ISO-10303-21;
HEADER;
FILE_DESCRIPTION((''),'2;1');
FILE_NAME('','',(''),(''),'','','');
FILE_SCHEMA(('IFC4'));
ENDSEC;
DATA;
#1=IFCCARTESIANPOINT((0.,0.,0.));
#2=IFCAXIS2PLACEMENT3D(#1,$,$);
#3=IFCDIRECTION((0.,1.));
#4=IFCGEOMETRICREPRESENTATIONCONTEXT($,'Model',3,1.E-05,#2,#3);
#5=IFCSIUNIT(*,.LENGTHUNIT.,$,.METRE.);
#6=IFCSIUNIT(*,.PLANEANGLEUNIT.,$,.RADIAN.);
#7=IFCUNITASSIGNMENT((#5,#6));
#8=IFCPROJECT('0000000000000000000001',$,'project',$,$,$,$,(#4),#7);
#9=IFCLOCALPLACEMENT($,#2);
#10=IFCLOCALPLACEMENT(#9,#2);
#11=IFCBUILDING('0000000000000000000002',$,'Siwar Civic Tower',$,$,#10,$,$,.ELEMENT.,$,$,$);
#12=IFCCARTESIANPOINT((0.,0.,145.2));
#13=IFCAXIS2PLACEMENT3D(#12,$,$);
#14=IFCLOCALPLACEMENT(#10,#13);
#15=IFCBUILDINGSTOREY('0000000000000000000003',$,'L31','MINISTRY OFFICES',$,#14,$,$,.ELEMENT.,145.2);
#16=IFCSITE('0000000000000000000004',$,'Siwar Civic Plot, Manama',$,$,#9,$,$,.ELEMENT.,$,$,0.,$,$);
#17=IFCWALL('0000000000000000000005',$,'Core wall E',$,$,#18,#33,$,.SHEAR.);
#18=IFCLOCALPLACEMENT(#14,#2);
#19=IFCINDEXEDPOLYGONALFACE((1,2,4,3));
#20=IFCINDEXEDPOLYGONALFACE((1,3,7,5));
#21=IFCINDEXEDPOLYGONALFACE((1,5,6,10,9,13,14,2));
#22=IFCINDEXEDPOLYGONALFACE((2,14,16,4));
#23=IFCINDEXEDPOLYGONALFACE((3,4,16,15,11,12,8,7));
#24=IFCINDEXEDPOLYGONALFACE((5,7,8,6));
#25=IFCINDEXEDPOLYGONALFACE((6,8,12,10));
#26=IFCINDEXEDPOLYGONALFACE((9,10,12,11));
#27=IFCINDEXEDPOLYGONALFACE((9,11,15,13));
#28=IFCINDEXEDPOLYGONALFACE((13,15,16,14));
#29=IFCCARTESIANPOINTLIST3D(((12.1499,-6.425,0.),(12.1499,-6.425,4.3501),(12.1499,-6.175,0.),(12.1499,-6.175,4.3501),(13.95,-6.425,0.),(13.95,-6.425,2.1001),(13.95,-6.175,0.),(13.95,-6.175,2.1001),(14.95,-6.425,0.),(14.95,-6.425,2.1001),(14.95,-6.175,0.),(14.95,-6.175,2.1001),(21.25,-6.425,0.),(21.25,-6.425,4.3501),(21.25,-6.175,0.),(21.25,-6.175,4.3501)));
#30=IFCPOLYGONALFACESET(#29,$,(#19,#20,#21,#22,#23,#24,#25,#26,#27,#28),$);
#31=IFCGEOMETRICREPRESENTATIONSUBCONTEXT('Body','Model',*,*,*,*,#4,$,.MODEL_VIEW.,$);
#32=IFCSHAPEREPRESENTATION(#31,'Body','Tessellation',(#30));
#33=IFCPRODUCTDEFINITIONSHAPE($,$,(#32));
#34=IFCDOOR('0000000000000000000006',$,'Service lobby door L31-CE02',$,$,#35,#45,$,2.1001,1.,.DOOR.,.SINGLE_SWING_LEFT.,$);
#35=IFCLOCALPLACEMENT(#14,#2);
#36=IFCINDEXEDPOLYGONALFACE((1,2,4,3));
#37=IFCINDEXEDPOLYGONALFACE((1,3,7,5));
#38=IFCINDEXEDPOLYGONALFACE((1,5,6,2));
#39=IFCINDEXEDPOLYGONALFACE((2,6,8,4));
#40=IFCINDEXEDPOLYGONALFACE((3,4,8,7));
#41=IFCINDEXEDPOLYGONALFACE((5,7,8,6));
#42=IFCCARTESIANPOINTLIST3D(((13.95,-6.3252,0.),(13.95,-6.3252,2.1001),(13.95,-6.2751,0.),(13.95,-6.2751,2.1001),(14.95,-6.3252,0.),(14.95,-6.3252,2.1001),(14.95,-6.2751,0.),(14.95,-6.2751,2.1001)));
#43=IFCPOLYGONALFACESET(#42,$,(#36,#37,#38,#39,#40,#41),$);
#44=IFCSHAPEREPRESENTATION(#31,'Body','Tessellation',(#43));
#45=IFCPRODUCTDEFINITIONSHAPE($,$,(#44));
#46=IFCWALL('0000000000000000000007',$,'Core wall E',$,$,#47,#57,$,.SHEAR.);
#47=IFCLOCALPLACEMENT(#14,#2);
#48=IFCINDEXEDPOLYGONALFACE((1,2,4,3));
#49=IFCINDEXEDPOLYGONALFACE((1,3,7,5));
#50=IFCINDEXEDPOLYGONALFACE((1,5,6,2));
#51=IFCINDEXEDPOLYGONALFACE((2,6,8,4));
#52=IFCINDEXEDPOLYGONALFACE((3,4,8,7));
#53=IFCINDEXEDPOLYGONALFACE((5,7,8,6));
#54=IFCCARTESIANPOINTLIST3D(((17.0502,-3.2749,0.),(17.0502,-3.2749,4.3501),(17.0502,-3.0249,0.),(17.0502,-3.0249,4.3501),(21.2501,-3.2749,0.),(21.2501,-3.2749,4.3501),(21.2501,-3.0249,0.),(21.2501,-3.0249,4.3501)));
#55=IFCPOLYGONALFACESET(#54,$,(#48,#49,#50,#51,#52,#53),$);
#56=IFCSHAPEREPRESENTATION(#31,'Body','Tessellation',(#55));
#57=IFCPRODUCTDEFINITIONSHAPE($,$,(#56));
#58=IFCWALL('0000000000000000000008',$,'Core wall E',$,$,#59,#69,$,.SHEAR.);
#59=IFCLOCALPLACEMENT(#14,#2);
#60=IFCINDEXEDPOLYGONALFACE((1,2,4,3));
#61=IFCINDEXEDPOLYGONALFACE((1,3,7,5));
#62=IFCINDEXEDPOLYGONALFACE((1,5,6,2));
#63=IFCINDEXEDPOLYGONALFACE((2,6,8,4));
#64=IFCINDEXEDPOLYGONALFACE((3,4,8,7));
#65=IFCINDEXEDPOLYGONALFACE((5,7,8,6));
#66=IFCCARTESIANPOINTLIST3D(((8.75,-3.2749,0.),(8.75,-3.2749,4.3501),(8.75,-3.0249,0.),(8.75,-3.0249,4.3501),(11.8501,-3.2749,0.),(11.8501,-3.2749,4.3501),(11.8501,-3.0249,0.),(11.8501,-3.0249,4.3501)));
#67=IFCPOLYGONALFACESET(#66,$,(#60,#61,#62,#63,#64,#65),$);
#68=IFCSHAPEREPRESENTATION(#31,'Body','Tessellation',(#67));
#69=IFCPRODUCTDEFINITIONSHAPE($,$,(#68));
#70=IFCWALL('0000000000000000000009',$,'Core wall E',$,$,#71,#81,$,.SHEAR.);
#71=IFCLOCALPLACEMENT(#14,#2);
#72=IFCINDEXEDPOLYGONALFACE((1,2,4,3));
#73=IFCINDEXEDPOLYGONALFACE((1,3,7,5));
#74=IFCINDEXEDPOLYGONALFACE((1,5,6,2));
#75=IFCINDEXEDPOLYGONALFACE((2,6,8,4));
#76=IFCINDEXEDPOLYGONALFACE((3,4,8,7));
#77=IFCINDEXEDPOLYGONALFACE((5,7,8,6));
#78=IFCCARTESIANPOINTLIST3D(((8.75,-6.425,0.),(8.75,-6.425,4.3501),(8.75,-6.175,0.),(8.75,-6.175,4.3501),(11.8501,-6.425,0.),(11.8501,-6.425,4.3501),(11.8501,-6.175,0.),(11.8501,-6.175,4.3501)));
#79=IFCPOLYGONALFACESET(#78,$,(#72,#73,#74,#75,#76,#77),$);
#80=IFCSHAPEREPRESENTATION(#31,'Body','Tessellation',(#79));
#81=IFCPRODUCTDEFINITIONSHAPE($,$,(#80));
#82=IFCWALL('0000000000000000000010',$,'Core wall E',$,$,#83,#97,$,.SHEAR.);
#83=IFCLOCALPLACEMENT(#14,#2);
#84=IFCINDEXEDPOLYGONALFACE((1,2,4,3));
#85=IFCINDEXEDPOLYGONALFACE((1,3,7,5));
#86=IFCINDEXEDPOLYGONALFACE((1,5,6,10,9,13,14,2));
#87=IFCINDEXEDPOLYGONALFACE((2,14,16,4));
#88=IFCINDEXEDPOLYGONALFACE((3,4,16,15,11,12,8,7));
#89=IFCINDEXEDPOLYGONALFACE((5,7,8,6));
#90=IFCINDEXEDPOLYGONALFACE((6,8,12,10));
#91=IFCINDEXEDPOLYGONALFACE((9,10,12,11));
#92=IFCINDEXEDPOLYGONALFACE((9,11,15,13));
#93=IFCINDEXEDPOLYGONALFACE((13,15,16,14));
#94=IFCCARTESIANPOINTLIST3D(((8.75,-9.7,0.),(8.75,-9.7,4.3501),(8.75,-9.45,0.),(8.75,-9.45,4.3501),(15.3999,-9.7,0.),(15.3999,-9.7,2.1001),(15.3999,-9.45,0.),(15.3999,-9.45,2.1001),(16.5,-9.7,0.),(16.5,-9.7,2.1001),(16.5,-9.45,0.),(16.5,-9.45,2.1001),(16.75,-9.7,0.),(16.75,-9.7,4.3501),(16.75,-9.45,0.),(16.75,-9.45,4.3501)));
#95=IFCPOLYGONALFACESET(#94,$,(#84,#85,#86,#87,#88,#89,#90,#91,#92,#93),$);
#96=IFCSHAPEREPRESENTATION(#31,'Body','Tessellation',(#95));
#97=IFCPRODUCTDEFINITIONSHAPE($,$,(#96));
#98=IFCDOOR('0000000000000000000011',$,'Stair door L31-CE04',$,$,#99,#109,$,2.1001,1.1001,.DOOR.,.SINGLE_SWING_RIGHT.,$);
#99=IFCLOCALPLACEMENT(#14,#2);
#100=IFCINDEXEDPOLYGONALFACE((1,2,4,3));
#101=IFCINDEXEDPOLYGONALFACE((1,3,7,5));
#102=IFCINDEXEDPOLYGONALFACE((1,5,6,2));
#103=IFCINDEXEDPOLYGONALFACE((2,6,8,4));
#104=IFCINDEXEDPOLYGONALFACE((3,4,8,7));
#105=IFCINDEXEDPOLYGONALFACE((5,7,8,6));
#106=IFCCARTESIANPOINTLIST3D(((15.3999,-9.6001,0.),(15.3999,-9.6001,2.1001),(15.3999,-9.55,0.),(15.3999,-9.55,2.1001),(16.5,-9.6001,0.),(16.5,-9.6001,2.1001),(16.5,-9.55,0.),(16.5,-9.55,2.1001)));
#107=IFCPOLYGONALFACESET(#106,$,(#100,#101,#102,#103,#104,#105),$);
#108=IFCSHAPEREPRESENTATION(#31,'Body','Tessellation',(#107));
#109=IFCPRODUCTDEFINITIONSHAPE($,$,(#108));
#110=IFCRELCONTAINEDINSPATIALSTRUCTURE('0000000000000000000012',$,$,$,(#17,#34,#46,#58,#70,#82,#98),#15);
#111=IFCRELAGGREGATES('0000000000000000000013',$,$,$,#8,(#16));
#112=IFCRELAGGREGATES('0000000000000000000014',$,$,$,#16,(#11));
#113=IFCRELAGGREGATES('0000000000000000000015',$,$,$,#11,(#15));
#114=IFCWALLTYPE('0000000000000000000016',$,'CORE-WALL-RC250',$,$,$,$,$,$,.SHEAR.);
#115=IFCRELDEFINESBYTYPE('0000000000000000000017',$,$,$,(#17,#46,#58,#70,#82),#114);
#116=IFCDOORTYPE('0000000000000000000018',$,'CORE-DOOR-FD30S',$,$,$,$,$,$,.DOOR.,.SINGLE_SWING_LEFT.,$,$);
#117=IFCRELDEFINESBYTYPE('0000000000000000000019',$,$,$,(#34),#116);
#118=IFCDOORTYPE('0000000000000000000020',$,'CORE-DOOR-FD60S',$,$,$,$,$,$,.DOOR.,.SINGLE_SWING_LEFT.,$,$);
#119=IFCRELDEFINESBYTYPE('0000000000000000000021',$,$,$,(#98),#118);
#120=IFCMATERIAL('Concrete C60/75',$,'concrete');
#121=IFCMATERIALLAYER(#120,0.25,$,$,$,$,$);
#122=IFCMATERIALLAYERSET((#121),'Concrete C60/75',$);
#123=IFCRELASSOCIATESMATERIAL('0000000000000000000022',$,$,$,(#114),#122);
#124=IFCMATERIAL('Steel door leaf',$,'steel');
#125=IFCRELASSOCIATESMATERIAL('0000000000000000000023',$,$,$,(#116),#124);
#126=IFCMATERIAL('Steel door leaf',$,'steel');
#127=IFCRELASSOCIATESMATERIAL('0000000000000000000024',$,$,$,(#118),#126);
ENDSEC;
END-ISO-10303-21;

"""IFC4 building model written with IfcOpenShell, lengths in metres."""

from ifc_helpers import new_model, si_unit, direction, frame, frame_2d, origin, place, context, subcontext, project, spatial, rectangle, extrude, material, layer, layer_set, type_object, element, fill, save


model = new_model("IFC4")

# Units and contexts
model_context = context("Model", 3, precision=1e-05, world=origin(), true_north=direction((0.0, 1.0)))
body_context = subcontext(model_context, "Body", "Model", "MODEL_VIEW")
ifc_project = project(units=[si_unit("LENGTHUNIT", "METRE"), si_unit("PLANEANGLEUNIT", "RADIAN")], contexts=[model_context])

# Site, building, storey
site_placement = place(None, origin())
site = spatial("IfcSite", under=ifc_project, at=site_placement, Name="Siwar Civic Plot, Manama", CompositionType="ELEMENT", RefElevation=0.0)
building_placement = place(site_placement, origin())
building = spatial("IfcBuilding", under=site, at=building_placement, Name="Siwar Civic Tower", CompositionType="ELEMENT")
storey_placement = place(building_placement, frame((0.0, 0.0, 145.2)))
storey = spatial("IfcBuildingStorey", under=building, at=storey_placement, Name="L31", Description="MINISTRY OFFICES", CompositionType="ELEMENT", Elevation=145.2)

# Wall, opening, door
ifc_material_1 = material(Name="Concrete C60/75", Category="concrete")
ifc_layer_1 = layer(ifc_material_1, 0.25)
ifc_layer_set_1 = layer_set([ifc_layer_1], Name="Concrete C60/75")
wall_type_1 = type_object("IfcWallType", Name="CORE-WALL-RC250", PredefinedType="SHEAR", material=ifc_layer_set_1)
wall_1_placement = place(storey_placement, frame((12.1499, -6.3, 0.0), z_axis=(0.0, 0.0, 1.0), x_axis=(1.0, 0.0, 0.0)))
wall_1 = element("IfcWall", 1, at=wall_1_placement, inside=storey, type_object=wall_type_1, Name="Core wall E", PredefinedType="SHEAR", context=body_context, shape_type="SweptSolid", body=[
    extrude(rectangle(XDim=9.1001, YDim=0.25, at=frame_2d((4.55, 0.0))), origin(), (0.0, 0.0, 1.0), 4.3501),
])
opening_1_placement = place(wall_1_placement, frame((1.8, 0.0, 0.0)))
opening_1 = element("IfcOpeningElement", 2, at=opening_1_placement, cuts=wall_1, PredefinedType="OPENING", context=body_context, shape_type="SweptSolid", body=[
    extrude(rectangle(XDim=1.0, YDim=2.1001, at=frame_2d((0.5, 1.05))), frame((0.0, 0.135, 0.0), z_axis=(0.0, -1.0, 0.0), x_axis=(1.0, 0.0, 0.0)), (0.0, 0.0, 1.0), 0.27),
])
ifc_material_2 = material(Name="Steel door leaf", Category="steel")
door_type_1 = type_object("IfcDoorType", Name="CORE-DOOR-FD30S", OperationType="SINGLE_SWING_LEFT", PredefinedType="DOOR", material=ifc_material_2)
door_1_placement = place(opening_1_placement, origin())
door_1 = element("IfcDoor", 3, at=door_1_placement, inside=storey, type_object=door_type_1, Name="Service lobby door L31-CE02", OperationType="SINGLE_SWING_LEFT", OverallHeight=2.1001, OverallWidth=1.0, PredefinedType="DOOR", context=body_context, shape_type="SweptSolid", body=[
    extrude(rectangle(XDim=1.0, YDim=2.1001, at=frame_2d((0.5, 1.05))), frame((0.0, 0.0249, 0.0), z_axis=(0.0, -1.0, 0.0), x_axis=(1.0, 0.0, 0.0)), (0.0, 0.0, 1.0), 0.05),
])
fill(opening_1, door_1)

# Walls
wall_2_placement = place(storey_placement, frame((17.05, -3.1499, 0.0), z_axis=(0.0, 0.0, 1.0), x_axis=(1.0, 0.0, 0.0)))
element("IfcWall", 4, at=wall_2_placement, inside=storey, type_object=wall_type_1, Name="Core wall E", PredefinedType="SHEAR", context=body_context, shape_type="SweptSolid", body=[
    extrude(rectangle(XDim=4.2, YDim=0.25, at=frame_2d((2.1001, 0.0))), origin(), (0.0, 0.0, 1.0), 4.3501),
])
for number, where, z_axis, x_axis, name in (
    (5, (8.75, -3.1499, 0.0), (0.0, 0.0, 1.0), (1.0, 0.0, 0.0), "Core wall E"),
    (6, (8.75, -6.3, 0.0), (0.0, 0.0, 1.0), (1.0, 0.0, 0.0), "Core wall E"),
):
    element("IfcWall", number, at=place(storey_placement, frame(where, z_axis=z_axis, x_axis=x_axis)), inside=storey, type_object=wall_type_1, Name=name, PredefinedType="SHEAR", context=body_context, shape_type="SweptSolid", body=[
        extrude(rectangle(XDim=3.1001, YDim=0.25, at=frame_2d((1.55, 0.0))), origin(), (0.0, 0.0, 1.0), 4.3501),
    ])

# Wall, opening, door
wall_3_placement = place(storey_placement, frame((8.75, -9.575, 0.0), z_axis=(0.0, 0.0, 1.0), x_axis=(1.0, 0.0, 0.0)))
wall_3 = element("IfcWall", 7, at=wall_3_placement, inside=storey, type_object=wall_type_1, Name="Core wall E", PredefinedType="SHEAR", context=body_context, shape_type="SweptSolid", body=[
    extrude(rectangle(XDim=8.0, YDim=0.25, at=frame_2d((4.0, 0.0))), origin(), (0.0, 0.0, 1.0), 4.3501),
])
opening_2_placement = place(wall_3_placement, frame((6.6499, 0.0, 0.0)))
opening_2 = element("IfcOpeningElement", 8, at=opening_2_placement, cuts=wall_3, PredefinedType="OPENING", context=body_context, shape_type="SweptSolid", body=[
    extrude(rectangle(XDim=1.1001, YDim=2.1001, at=frame_2d((0.55, 1.05))), frame((0.0, 0.135, 0.0), z_axis=(0.0, -1.0, 0.0), x_axis=(1.0, 0.0, 0.0)), (0.0, 0.0, 1.0), 0.27),
])
ifc_material_3 = material(Name="Steel door leaf", Category="steel")
door_type_2 = type_object("IfcDoorType", Name="CORE-DOOR-FD60S", OperationType="SINGLE_SWING_LEFT", PredefinedType="DOOR", material=ifc_material_3)
door_2_placement = place(opening_2_placement, origin())
door_2 = element("IfcDoor", 9, at=door_2_placement, inside=storey, type_object=door_type_2, Name="Stair door L31-CE04", OperationType="SINGLE_SWING_RIGHT", OverallHeight=2.1001, OverallWidth=1.1001, PredefinedType="DOOR", context=body_context, shape_type="SweptSolid", body=[
    extrude(rectangle(XDim=1.1001, YDim=2.1001, at=frame_2d((0.55, 1.05))), frame((0.0, 0.0249, 0.0), z_axis=(0.0, -1.0, 0.0), x_axis=(1.0, 0.0, 0.0)), (0.0, 0.0, 1.0), 0.05),
])
fill(opening_2, door_2)

save(model, "model.ifc")
